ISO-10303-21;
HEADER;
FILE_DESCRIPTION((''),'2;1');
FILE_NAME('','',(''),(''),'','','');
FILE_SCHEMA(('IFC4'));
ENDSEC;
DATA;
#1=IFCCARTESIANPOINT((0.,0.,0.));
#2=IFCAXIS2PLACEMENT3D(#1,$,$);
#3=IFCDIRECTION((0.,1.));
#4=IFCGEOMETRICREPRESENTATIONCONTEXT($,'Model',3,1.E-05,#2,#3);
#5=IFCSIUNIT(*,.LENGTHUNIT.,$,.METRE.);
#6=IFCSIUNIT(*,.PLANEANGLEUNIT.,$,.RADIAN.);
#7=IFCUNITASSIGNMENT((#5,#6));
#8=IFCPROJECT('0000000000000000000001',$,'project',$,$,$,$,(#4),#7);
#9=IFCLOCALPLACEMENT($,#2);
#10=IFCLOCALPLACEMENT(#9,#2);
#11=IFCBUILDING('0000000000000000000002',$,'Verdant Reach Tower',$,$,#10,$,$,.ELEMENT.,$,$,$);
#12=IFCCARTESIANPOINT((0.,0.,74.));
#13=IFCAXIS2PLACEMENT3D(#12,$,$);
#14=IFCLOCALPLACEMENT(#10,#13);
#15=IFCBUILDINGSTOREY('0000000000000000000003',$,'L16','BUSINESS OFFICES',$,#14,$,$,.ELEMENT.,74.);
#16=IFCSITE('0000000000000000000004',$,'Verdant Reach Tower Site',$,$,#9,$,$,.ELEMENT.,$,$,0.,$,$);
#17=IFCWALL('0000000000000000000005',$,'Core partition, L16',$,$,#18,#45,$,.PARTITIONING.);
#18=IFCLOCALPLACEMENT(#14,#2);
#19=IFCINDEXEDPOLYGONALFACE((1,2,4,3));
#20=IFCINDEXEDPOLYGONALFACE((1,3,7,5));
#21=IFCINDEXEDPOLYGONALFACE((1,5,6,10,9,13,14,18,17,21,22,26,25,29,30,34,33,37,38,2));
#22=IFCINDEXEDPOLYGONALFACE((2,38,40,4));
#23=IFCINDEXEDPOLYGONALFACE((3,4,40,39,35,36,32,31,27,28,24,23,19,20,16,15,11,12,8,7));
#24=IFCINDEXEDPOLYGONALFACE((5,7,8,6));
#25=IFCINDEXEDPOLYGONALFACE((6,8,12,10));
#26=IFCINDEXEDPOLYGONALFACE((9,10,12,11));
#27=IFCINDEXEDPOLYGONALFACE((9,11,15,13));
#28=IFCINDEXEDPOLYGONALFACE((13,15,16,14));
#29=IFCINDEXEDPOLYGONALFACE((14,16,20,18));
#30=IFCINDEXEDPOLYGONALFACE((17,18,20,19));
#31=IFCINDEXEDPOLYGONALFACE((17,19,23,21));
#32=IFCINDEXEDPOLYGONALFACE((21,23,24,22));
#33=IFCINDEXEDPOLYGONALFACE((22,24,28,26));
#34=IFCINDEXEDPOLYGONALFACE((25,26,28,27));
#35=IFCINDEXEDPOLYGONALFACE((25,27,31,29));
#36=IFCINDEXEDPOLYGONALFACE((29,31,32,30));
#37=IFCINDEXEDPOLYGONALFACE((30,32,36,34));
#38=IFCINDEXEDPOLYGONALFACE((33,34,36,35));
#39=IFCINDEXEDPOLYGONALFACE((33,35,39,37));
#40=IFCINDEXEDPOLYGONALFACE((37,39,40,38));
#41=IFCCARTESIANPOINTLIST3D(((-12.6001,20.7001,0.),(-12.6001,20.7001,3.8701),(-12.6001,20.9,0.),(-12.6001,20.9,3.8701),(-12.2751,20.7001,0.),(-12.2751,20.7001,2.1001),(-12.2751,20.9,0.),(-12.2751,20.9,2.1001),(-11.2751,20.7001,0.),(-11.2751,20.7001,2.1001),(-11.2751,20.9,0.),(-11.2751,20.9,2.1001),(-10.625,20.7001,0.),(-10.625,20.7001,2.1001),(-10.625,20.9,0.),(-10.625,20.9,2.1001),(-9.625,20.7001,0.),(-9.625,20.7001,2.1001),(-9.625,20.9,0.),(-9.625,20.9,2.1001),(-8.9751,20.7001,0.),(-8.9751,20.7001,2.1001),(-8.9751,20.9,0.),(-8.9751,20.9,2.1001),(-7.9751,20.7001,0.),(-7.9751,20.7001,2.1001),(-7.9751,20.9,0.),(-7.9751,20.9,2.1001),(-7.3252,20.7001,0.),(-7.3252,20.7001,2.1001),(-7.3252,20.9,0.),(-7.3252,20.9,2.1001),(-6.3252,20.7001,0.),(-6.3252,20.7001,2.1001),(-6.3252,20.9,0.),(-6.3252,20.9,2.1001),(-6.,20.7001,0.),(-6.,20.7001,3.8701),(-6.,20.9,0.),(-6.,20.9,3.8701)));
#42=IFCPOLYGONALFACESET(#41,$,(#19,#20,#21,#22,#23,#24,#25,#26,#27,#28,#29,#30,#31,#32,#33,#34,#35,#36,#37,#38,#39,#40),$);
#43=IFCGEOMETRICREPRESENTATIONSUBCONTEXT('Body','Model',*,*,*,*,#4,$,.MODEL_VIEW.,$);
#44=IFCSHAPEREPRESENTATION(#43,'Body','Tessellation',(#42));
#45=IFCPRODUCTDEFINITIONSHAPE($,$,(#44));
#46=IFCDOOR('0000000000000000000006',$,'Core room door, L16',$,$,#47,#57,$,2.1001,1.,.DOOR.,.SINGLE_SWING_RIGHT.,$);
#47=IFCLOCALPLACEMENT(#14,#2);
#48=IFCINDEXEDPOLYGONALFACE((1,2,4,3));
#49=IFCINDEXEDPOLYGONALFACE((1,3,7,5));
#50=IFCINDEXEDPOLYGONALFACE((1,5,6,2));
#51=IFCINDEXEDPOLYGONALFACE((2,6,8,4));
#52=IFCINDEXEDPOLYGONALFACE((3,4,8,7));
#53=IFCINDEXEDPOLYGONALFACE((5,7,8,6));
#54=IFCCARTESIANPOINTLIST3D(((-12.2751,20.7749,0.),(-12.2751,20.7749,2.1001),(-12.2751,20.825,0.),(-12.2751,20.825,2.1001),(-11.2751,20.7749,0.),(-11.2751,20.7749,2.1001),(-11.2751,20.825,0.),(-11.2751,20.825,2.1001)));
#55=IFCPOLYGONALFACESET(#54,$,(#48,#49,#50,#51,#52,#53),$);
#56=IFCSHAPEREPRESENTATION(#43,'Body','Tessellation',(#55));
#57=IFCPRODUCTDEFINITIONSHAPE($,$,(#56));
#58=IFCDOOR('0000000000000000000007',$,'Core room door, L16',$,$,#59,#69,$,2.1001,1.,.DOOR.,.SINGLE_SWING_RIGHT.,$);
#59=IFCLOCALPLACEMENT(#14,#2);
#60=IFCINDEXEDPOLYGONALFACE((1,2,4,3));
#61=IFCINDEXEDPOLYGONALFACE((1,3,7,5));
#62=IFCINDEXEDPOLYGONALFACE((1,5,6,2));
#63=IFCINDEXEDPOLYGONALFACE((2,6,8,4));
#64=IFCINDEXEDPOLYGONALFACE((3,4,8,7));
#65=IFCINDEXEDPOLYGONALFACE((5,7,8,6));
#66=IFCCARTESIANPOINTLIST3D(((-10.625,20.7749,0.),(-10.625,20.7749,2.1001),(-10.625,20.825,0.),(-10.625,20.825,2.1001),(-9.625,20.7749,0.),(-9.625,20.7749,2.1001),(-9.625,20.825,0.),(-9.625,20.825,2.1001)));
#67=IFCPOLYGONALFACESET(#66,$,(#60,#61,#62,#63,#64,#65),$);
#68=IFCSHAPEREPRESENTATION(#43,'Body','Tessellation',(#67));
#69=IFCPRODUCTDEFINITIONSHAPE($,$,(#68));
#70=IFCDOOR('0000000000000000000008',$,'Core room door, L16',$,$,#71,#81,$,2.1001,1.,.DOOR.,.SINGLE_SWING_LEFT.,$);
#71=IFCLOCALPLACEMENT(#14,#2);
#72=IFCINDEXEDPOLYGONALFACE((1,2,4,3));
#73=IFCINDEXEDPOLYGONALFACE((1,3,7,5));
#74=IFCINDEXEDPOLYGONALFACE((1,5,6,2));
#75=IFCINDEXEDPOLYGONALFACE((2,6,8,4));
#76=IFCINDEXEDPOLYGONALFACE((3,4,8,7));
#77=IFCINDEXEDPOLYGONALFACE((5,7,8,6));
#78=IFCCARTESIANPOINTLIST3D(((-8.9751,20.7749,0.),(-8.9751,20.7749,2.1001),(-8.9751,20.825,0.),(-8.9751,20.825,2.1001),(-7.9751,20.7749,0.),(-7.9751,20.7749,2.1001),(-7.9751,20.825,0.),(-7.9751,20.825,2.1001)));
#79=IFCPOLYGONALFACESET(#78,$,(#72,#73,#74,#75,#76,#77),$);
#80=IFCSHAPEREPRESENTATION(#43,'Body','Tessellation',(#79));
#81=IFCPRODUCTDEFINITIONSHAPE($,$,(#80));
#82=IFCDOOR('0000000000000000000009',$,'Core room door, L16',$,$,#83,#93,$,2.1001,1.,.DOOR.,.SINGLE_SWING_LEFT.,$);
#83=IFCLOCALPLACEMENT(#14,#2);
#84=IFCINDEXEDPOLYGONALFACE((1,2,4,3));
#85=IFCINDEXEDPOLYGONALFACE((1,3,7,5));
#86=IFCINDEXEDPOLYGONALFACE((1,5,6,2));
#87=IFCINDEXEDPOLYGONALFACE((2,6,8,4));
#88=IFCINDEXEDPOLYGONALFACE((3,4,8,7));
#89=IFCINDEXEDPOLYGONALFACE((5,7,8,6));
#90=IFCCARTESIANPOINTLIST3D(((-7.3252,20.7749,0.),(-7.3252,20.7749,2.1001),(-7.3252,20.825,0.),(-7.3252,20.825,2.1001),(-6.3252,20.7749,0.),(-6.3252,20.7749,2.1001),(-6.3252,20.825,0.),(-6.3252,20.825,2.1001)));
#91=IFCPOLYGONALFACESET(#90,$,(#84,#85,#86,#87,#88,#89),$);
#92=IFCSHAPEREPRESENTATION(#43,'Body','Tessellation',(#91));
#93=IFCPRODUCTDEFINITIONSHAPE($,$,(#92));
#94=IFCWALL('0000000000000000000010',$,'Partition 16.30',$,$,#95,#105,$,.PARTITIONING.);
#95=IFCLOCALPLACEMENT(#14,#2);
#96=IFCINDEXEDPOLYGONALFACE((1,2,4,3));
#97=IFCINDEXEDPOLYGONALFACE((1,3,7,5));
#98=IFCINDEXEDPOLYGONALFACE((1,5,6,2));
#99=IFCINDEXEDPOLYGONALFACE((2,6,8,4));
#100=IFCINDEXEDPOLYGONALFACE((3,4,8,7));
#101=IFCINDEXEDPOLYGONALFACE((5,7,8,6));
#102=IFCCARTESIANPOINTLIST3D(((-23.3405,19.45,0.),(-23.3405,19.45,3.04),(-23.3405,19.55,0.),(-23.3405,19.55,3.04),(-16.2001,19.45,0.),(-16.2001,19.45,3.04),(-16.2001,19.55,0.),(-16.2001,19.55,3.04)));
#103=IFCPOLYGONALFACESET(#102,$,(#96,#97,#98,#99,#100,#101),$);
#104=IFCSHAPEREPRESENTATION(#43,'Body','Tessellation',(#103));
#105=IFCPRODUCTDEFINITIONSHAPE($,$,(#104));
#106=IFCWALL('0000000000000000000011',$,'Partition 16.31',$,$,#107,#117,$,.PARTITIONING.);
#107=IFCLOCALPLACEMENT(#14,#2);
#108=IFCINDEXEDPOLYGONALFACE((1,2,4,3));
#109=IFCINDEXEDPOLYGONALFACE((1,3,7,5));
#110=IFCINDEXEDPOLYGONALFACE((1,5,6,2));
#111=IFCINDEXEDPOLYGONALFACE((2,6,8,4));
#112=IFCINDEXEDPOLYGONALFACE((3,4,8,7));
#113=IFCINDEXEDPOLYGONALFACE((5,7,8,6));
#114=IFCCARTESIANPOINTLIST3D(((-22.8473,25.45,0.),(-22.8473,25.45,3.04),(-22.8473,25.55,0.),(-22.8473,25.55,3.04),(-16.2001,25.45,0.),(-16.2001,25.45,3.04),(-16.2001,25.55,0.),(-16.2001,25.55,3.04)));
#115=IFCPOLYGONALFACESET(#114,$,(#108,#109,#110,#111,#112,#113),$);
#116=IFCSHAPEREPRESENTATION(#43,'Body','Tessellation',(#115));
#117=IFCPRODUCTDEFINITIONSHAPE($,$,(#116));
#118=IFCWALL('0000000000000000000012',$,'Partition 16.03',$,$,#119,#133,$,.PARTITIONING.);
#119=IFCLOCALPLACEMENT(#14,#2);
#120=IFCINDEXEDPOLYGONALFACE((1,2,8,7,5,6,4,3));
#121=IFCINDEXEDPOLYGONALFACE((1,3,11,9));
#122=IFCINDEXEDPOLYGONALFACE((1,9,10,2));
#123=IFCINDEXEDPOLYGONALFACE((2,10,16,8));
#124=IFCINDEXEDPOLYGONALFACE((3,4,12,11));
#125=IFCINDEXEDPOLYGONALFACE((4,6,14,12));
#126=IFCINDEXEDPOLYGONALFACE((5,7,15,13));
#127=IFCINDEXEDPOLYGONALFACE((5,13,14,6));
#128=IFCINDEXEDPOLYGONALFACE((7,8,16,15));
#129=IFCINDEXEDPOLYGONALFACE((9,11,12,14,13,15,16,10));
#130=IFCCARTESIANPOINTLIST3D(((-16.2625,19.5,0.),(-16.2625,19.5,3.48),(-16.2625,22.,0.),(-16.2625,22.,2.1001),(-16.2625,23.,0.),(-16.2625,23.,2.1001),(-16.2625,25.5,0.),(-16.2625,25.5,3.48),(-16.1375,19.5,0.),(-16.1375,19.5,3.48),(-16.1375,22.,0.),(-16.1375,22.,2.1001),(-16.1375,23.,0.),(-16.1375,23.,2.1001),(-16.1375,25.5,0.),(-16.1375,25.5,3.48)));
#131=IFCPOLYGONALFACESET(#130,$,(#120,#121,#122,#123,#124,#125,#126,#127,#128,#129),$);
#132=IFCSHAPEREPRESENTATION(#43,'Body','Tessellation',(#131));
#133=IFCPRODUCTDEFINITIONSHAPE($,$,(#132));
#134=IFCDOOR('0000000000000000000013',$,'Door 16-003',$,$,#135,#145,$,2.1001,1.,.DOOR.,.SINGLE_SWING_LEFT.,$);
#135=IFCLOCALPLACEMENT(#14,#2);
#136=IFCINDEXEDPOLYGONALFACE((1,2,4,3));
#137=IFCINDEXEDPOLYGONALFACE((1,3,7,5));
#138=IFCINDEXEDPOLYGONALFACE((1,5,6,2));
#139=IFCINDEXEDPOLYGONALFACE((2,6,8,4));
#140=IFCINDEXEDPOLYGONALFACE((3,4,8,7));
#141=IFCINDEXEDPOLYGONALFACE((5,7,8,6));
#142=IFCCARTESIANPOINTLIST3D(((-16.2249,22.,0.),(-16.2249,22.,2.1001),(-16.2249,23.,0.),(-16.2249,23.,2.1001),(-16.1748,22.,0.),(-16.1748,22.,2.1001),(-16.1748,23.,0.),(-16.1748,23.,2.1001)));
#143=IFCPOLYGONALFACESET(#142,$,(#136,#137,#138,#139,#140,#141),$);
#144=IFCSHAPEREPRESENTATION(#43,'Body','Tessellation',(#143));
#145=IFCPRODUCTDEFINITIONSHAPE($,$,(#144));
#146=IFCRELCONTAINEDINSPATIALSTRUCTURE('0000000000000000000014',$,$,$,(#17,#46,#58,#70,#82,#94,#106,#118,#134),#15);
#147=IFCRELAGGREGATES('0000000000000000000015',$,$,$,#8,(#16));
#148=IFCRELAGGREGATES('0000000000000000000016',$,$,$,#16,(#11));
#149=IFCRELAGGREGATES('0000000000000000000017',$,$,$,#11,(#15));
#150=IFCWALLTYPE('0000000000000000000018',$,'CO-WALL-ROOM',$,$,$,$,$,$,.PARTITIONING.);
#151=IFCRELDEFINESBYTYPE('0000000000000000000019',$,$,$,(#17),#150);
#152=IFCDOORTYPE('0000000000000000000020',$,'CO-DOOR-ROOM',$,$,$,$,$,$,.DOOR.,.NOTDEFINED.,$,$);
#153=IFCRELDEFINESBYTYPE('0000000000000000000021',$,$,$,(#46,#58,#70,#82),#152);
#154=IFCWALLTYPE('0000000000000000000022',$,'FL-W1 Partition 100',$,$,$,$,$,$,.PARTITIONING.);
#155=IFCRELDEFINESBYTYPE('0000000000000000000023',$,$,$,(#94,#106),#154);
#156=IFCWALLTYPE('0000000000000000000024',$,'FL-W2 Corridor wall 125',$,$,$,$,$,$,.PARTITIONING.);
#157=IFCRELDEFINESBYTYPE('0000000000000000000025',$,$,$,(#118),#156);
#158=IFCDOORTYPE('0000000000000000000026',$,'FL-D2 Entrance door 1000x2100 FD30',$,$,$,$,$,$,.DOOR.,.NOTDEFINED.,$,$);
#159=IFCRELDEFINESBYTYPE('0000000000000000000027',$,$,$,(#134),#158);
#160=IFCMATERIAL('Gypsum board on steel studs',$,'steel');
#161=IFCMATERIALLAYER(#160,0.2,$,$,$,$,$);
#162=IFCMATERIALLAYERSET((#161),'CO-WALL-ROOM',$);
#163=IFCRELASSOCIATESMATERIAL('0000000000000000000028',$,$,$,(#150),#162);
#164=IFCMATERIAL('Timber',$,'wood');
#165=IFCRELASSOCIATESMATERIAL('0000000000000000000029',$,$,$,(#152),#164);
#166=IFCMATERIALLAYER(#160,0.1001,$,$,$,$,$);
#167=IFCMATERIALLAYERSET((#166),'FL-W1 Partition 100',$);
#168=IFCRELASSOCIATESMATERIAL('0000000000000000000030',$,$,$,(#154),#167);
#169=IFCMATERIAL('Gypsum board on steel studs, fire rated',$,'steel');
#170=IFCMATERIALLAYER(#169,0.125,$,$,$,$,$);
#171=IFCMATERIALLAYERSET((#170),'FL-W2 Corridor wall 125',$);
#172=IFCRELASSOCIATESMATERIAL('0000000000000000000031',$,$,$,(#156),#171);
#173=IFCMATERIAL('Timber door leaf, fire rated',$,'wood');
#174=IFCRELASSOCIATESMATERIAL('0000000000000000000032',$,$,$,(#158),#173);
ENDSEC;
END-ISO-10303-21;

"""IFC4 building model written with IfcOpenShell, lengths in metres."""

from ifc_helpers import new_model, si_unit, direction, frame, frame_2d, origin, place, context, subcontext, project, spatial, rectangle, extrude, material, layer, layer_set, type_object, element, fill, save


model = new_model("IFC4")

# Units and contexts
model_context = context("Model", 3, precision=1e-05, world=origin(), true_north=direction((0.0, 1.0)))
body_context = subcontext(model_context, "Body", "Model", "MODEL_VIEW")
ifc_project = project(units=[si_unit("LENGTHUNIT", "METRE"), si_unit("PLANEANGLEUNIT", "RADIAN")], contexts=[model_context])

# Site, building, storey
site_placement = place(None, origin())
site = spatial("IfcSite", under=ifc_project, at=site_placement, Name="Verdant Reach Tower Site", CompositionType="ELEMENT", RefElevation=0.0)
building_placement = place(site_placement, origin())
building = spatial("IfcBuilding", under=site, at=building_placement, Name="Verdant Reach Tower", CompositionType="ELEMENT")
storey_placement = place(building_placement, frame((0.0, 0.0, 74.0)))
storey = spatial("IfcBuildingStorey", under=building, at=storey_placement, Name="L16", Description="BUSINESS OFFICES", CompositionType="ELEMENT", Elevation=74.0)

# Wall, openings, doors
ifc_material_1 = material(Name="Gypsum board on steel studs", Category="steel")
ifc_layer_1 = layer(ifc_material_1, 0.2)
ifc_layer_set_1 = layer_set([ifc_layer_1], Name="CO-WALL-ROOM")
wall_type_1 = type_object("IfcWallType", Name="CO-WALL-ROOM", PredefinedType="PARTITIONING", material=ifc_layer_set_1)
wall_1_placement = place(storey_placement, frame((-12.6001, 20.8, 0.0), z_axis=(0.0, 0.0, 1.0), x_axis=(1.0, 0.0, 0.0)))
wall_1 = element("IfcWall", 1, at=wall_1_placement, inside=storey, type_object=wall_type_1, Name="Core partition, L16", PredefinedType="PARTITIONING", context=body_context, shape_type="SweptSolid", body=[
    extrude(rectangle(XDim=6.6001, YDim=0.2, at=frame_2d((3.3, 0.0))), origin(), (0.0, 0.0, 1.0), 3.8701),
])
opening_1_placement = place(wall_1_placement, frame((0.325, 0.0, 0.0)))
opening_1 = element("IfcOpeningElement", 2, at=opening_1_placement, cuts=wall_1, PredefinedType="OPENING", context=body_context, shape_type="SweptSolid", body=[
    extrude(rectangle(XDim=1.0, YDim=2.1001, at=frame_2d((0.5, 1.05))), frame((0.0, 0.1099, 0.0), z_axis=(0.0, -1.0, 0.0), x_axis=(1.0, 0.0, 0.0)), (0.0, 0.0, 1.0), 0.22),
])
opening_2_placement = place(wall_1_placement, frame((1.9751, 0.0, 0.0)))
opening_2 = element("IfcOpeningElement", 3, at=opening_2_placement, cuts=wall_1, PredefinedType="OPENING", context=body_context, shape_type="SweptSolid", body=[
    extrude(rectangle(XDim=1.0, YDim=2.1001, at=frame_2d((0.5, 1.05))), frame((0.0, 0.1099, 0.0), z_axis=(0.0, -1.0, 0.0), x_axis=(1.0, 0.0, 0.0)), (0.0, 0.0, 1.0), 0.22),
])
opening_3_placement = place(wall_1_placement, frame((3.625, 0.0, 0.0)))
opening_3 = element("IfcOpeningElement", 4, at=opening_3_placement, cuts=wall_1, PredefinedType="OPENING", context=body_context, shape_type="SweptSolid", body=[
    extrude(rectangle(XDim=1.0, YDim=2.1001, at=frame_2d((0.5, 1.05))), frame((0.0, 0.1099, 0.0), z_axis=(0.0, -1.0, 0.0), x_axis=(1.0, 0.0, 0.0)), (0.0, 0.0, 1.0), 0.22),
])
opening_4_placement = place(wall_1_placement, frame((5.2749, 0.0, 0.0)))
opening_4 = element("IfcOpeningElement", 5, at=opening_4_placement, cuts=wall_1, PredefinedType="OPENING", context=body_context, shape_type="SweptSolid", body=[
    extrude(rectangle(XDim=1.0, YDim=2.1001, at=frame_2d((0.5, 1.05))), frame((0.0, 0.1099, 0.0), z_axis=(0.0, -1.0, 0.0), x_axis=(1.0, 0.0, 0.0)), (0.0, 0.0, 1.0), 0.22),
])
ifc_material_2 = material(Name="Timber", Category="wood")
door_type_1 = type_object("IfcDoorType", Name="CO-DOOR-ROOM", OperationType="NOTDEFINED", PredefinedType="DOOR", material=ifc_material_2)
door_1_placement = place(opening_1_placement, origin())
door_1 = element("IfcDoor", 6, at=door_1_placement, inside=storey, type_object=door_type_1, Name="Core room door, L16", OperationType="SINGLE_SWING_RIGHT", OverallHeight=2.1001, OverallWidth=1.0, PredefinedType="DOOR", context=body_context, shape_type="SweptSolid", body=[
    extrude(rectangle(XDim=1.0, YDim=2.1001, at=frame_2d((0.5, 1.05))), frame((0.0, 0.0249, 0.0), z_axis=(0.0, -1.0, 0.0), x_axis=(1.0, 0.0, 0.0)), (0.0, 0.0, 1.0), 0.05),
])
fill(opening_1, door_1)
door_2_placement = place(opening_2_placement, origin())
door_2 = element("IfcDoor", 7, at=door_2_placement, inside=storey, type_object=door_type_1, Name="Core room door, L16", OperationType="SINGLE_SWING_RIGHT", OverallHeight=2.1001, OverallWidth=1.0, PredefinedType="DOOR", context=body_context, shape_type="SweptSolid", body=[
    extrude(rectangle(XDim=1.0, YDim=2.1001, at=frame_2d((0.5, 1.05))), frame((0.0, 0.0249, 0.0), z_axis=(0.0, -1.0, 0.0), x_axis=(1.0, 0.0, 0.0)), (0.0, 0.0, 1.0), 0.05),
])
fill(opening_2, door_2)
door_3_placement = place(opening_3_placement, origin())
door_3 = element("IfcDoor", 8, at=door_3_placement, inside=storey, type_object=door_type_1, Name="Core room door, L16", OperationType="SINGLE_SWING_LEFT", OverallHeight=2.1001, OverallWidth=1.0, PredefinedType="DOOR", context=body_context, shape_type="SweptSolid", body=[
    extrude(rectangle(XDim=1.0, YDim=2.1001, at=frame_2d((0.5, 1.05))), frame((0.0, 0.0249, 0.0), z_axis=(0.0, -1.0, 0.0), x_axis=(1.0, 0.0, 0.0)), (0.0, 0.0, 1.0), 0.05),
])
fill(opening_3, door_3)
door_4_placement = place(opening_4_placement, origin())
door_4 = element("IfcDoor", 9, at=door_4_placement, inside=storey, type_object=door_type_1, Name="Core room door, L16", OperationType="SINGLE_SWING_LEFT", OverallHeight=2.1001, OverallWidth=1.0, PredefinedType="DOOR", context=body_context, shape_type="SweptSolid", body=[
    extrude(rectangle(XDim=1.0, YDim=2.1001, at=frame_2d((0.5, 1.05))), frame((0.0, 0.0249, 0.0), z_axis=(0.0, -1.0, 0.0), x_axis=(1.0, 0.0, 0.0)), (0.0, 0.0, 1.0), 0.05),
])
fill(opening_4, door_4)

# Walls
ifc_layer_2 = layer(ifc_material_1, 0.1001)
ifc_layer_set_2 = layer_set([ifc_layer_2], Name="FL-W1 Partition 100")
wall_type_2 = type_object("IfcWallType", Name="FL-W1 Partition 100", PredefinedType="PARTITIONING", material=ifc_layer_set_2)
wall_2_placement = place(storey_placement, frame((-16.2, 19.5, 0.0), z_axis=(0.0, 0.0, 1.0), x_axis=(-1.0, 0.0, 0.0)))
element("IfcWall", 10, at=wall_2_placement, inside=storey, type_object=wall_type_2, Name="Partition 16.30", PredefinedType="PARTITIONING", context=body_context, shape_type="SweptSolid", body=[
    extrude(rectangle(XDim=7.1404, YDim=0.1001, at=frame_2d((3.5703, 0.0))), origin(), (0.0, 0.0, 1.0), 3.04),
])
wall_3_placement = place(storey_placement, frame((-16.2, 25.5, 0.0), z_axis=(0.0, 0.0, 1.0), x_axis=(-1.0, 0.0, 0.0)))
element("IfcWall", 11, at=wall_3_placement, inside=storey, type_object=wall_type_2, Name="Partition 16.31", PredefinedType="PARTITIONING", context=body_context, shape_type="SweptSolid", body=[
    extrude(rectangle(XDim=6.6472, YDim=0.1001, at=frame_2d((3.3237, 0.0))), origin(), (0.0, 0.0, 1.0), 3.04),
])

# Wall, opening, door
ifc_material_3 = material(Name="Gypsum board on steel studs, fire rated", Category="steel")
ifc_layer_3 = layer(ifc_material_3, 0.125)
ifc_layer_set_3 = layer_set([ifc_layer_3], Name="FL-W2 Corridor wall 125")
wall_type_3 = type_object("IfcWallType", Name="FL-W2 Corridor wall 125", PredefinedType="PARTITIONING", material=ifc_layer_set_3)
wall_4_placement = place(storey_placement, frame((-16.2, 19.5, 0.0), z_axis=(0.0, 0.0, 1.0), x_axis=(0.0, 1.0, 0.0)))
wall_4 = element("IfcWall", 12, at=wall_4_placement, inside=storey, type_object=wall_type_3, Name="Partition 16.03", PredefinedType="PARTITIONING", context=body_context, shape_type="SweptSolid", body=[
    extrude(rectangle(XDim=6.0, YDim=0.125, at=frame_2d((3.0, 0.0))), origin(), (0.0, 0.0, 1.0), 3.48),
])
opening_5_placement = place(wall_4_placement, frame((2.5, 0.0, 0.0)))
opening_5 = element("IfcOpeningElement", 13, at=opening_5_placement, cuts=wall_4, PredefinedType="OPENING", context=body_context, shape_type="SweptSolid", body=[
    extrude(rectangle(XDim=1.0, YDim=2.1001, at=frame_2d((0.5, 1.05))), frame((0.0, 0.0725, 0.0), z_axis=(0.0, -1.0, 0.0), x_axis=(1.0, 0.0, 0.0)), (0.0, 0.0, 1.0), 0.145),
])
ifc_material_4 = material(Name="Timber door leaf, fire rated", Category="wood")
door_type_2 = type_object("IfcDoorType", Name="FL-D2 Entrance door 1000x2100 FD30", OperationType="NOTDEFINED", PredefinedType="DOOR", material=ifc_material_4)
door_5_placement = place(opening_5_placement, origin())
door_5 = element("IfcDoor", 14, at=door_5_placement, inside=storey, type_object=door_type_2, Name="Door 16-003", OperationType="SINGLE_SWING_LEFT", OverallHeight=2.1001, OverallWidth=1.0, PredefinedType="DOOR", context=body_context, shape_type="SweptSolid", body=[
    extrude(rectangle(XDim=1.0, YDim=2.1001, at=frame_2d((0.5, 1.05))), frame((0.0, 0.0249, 0.0), z_axis=(0.0, -1.0, 0.0), x_axis=(1.0, 0.0, 0.0)), (0.0, 0.0, 1.0), 0.05),
])
fill(opening_5, door_5)

save(model, "model.ifc")
